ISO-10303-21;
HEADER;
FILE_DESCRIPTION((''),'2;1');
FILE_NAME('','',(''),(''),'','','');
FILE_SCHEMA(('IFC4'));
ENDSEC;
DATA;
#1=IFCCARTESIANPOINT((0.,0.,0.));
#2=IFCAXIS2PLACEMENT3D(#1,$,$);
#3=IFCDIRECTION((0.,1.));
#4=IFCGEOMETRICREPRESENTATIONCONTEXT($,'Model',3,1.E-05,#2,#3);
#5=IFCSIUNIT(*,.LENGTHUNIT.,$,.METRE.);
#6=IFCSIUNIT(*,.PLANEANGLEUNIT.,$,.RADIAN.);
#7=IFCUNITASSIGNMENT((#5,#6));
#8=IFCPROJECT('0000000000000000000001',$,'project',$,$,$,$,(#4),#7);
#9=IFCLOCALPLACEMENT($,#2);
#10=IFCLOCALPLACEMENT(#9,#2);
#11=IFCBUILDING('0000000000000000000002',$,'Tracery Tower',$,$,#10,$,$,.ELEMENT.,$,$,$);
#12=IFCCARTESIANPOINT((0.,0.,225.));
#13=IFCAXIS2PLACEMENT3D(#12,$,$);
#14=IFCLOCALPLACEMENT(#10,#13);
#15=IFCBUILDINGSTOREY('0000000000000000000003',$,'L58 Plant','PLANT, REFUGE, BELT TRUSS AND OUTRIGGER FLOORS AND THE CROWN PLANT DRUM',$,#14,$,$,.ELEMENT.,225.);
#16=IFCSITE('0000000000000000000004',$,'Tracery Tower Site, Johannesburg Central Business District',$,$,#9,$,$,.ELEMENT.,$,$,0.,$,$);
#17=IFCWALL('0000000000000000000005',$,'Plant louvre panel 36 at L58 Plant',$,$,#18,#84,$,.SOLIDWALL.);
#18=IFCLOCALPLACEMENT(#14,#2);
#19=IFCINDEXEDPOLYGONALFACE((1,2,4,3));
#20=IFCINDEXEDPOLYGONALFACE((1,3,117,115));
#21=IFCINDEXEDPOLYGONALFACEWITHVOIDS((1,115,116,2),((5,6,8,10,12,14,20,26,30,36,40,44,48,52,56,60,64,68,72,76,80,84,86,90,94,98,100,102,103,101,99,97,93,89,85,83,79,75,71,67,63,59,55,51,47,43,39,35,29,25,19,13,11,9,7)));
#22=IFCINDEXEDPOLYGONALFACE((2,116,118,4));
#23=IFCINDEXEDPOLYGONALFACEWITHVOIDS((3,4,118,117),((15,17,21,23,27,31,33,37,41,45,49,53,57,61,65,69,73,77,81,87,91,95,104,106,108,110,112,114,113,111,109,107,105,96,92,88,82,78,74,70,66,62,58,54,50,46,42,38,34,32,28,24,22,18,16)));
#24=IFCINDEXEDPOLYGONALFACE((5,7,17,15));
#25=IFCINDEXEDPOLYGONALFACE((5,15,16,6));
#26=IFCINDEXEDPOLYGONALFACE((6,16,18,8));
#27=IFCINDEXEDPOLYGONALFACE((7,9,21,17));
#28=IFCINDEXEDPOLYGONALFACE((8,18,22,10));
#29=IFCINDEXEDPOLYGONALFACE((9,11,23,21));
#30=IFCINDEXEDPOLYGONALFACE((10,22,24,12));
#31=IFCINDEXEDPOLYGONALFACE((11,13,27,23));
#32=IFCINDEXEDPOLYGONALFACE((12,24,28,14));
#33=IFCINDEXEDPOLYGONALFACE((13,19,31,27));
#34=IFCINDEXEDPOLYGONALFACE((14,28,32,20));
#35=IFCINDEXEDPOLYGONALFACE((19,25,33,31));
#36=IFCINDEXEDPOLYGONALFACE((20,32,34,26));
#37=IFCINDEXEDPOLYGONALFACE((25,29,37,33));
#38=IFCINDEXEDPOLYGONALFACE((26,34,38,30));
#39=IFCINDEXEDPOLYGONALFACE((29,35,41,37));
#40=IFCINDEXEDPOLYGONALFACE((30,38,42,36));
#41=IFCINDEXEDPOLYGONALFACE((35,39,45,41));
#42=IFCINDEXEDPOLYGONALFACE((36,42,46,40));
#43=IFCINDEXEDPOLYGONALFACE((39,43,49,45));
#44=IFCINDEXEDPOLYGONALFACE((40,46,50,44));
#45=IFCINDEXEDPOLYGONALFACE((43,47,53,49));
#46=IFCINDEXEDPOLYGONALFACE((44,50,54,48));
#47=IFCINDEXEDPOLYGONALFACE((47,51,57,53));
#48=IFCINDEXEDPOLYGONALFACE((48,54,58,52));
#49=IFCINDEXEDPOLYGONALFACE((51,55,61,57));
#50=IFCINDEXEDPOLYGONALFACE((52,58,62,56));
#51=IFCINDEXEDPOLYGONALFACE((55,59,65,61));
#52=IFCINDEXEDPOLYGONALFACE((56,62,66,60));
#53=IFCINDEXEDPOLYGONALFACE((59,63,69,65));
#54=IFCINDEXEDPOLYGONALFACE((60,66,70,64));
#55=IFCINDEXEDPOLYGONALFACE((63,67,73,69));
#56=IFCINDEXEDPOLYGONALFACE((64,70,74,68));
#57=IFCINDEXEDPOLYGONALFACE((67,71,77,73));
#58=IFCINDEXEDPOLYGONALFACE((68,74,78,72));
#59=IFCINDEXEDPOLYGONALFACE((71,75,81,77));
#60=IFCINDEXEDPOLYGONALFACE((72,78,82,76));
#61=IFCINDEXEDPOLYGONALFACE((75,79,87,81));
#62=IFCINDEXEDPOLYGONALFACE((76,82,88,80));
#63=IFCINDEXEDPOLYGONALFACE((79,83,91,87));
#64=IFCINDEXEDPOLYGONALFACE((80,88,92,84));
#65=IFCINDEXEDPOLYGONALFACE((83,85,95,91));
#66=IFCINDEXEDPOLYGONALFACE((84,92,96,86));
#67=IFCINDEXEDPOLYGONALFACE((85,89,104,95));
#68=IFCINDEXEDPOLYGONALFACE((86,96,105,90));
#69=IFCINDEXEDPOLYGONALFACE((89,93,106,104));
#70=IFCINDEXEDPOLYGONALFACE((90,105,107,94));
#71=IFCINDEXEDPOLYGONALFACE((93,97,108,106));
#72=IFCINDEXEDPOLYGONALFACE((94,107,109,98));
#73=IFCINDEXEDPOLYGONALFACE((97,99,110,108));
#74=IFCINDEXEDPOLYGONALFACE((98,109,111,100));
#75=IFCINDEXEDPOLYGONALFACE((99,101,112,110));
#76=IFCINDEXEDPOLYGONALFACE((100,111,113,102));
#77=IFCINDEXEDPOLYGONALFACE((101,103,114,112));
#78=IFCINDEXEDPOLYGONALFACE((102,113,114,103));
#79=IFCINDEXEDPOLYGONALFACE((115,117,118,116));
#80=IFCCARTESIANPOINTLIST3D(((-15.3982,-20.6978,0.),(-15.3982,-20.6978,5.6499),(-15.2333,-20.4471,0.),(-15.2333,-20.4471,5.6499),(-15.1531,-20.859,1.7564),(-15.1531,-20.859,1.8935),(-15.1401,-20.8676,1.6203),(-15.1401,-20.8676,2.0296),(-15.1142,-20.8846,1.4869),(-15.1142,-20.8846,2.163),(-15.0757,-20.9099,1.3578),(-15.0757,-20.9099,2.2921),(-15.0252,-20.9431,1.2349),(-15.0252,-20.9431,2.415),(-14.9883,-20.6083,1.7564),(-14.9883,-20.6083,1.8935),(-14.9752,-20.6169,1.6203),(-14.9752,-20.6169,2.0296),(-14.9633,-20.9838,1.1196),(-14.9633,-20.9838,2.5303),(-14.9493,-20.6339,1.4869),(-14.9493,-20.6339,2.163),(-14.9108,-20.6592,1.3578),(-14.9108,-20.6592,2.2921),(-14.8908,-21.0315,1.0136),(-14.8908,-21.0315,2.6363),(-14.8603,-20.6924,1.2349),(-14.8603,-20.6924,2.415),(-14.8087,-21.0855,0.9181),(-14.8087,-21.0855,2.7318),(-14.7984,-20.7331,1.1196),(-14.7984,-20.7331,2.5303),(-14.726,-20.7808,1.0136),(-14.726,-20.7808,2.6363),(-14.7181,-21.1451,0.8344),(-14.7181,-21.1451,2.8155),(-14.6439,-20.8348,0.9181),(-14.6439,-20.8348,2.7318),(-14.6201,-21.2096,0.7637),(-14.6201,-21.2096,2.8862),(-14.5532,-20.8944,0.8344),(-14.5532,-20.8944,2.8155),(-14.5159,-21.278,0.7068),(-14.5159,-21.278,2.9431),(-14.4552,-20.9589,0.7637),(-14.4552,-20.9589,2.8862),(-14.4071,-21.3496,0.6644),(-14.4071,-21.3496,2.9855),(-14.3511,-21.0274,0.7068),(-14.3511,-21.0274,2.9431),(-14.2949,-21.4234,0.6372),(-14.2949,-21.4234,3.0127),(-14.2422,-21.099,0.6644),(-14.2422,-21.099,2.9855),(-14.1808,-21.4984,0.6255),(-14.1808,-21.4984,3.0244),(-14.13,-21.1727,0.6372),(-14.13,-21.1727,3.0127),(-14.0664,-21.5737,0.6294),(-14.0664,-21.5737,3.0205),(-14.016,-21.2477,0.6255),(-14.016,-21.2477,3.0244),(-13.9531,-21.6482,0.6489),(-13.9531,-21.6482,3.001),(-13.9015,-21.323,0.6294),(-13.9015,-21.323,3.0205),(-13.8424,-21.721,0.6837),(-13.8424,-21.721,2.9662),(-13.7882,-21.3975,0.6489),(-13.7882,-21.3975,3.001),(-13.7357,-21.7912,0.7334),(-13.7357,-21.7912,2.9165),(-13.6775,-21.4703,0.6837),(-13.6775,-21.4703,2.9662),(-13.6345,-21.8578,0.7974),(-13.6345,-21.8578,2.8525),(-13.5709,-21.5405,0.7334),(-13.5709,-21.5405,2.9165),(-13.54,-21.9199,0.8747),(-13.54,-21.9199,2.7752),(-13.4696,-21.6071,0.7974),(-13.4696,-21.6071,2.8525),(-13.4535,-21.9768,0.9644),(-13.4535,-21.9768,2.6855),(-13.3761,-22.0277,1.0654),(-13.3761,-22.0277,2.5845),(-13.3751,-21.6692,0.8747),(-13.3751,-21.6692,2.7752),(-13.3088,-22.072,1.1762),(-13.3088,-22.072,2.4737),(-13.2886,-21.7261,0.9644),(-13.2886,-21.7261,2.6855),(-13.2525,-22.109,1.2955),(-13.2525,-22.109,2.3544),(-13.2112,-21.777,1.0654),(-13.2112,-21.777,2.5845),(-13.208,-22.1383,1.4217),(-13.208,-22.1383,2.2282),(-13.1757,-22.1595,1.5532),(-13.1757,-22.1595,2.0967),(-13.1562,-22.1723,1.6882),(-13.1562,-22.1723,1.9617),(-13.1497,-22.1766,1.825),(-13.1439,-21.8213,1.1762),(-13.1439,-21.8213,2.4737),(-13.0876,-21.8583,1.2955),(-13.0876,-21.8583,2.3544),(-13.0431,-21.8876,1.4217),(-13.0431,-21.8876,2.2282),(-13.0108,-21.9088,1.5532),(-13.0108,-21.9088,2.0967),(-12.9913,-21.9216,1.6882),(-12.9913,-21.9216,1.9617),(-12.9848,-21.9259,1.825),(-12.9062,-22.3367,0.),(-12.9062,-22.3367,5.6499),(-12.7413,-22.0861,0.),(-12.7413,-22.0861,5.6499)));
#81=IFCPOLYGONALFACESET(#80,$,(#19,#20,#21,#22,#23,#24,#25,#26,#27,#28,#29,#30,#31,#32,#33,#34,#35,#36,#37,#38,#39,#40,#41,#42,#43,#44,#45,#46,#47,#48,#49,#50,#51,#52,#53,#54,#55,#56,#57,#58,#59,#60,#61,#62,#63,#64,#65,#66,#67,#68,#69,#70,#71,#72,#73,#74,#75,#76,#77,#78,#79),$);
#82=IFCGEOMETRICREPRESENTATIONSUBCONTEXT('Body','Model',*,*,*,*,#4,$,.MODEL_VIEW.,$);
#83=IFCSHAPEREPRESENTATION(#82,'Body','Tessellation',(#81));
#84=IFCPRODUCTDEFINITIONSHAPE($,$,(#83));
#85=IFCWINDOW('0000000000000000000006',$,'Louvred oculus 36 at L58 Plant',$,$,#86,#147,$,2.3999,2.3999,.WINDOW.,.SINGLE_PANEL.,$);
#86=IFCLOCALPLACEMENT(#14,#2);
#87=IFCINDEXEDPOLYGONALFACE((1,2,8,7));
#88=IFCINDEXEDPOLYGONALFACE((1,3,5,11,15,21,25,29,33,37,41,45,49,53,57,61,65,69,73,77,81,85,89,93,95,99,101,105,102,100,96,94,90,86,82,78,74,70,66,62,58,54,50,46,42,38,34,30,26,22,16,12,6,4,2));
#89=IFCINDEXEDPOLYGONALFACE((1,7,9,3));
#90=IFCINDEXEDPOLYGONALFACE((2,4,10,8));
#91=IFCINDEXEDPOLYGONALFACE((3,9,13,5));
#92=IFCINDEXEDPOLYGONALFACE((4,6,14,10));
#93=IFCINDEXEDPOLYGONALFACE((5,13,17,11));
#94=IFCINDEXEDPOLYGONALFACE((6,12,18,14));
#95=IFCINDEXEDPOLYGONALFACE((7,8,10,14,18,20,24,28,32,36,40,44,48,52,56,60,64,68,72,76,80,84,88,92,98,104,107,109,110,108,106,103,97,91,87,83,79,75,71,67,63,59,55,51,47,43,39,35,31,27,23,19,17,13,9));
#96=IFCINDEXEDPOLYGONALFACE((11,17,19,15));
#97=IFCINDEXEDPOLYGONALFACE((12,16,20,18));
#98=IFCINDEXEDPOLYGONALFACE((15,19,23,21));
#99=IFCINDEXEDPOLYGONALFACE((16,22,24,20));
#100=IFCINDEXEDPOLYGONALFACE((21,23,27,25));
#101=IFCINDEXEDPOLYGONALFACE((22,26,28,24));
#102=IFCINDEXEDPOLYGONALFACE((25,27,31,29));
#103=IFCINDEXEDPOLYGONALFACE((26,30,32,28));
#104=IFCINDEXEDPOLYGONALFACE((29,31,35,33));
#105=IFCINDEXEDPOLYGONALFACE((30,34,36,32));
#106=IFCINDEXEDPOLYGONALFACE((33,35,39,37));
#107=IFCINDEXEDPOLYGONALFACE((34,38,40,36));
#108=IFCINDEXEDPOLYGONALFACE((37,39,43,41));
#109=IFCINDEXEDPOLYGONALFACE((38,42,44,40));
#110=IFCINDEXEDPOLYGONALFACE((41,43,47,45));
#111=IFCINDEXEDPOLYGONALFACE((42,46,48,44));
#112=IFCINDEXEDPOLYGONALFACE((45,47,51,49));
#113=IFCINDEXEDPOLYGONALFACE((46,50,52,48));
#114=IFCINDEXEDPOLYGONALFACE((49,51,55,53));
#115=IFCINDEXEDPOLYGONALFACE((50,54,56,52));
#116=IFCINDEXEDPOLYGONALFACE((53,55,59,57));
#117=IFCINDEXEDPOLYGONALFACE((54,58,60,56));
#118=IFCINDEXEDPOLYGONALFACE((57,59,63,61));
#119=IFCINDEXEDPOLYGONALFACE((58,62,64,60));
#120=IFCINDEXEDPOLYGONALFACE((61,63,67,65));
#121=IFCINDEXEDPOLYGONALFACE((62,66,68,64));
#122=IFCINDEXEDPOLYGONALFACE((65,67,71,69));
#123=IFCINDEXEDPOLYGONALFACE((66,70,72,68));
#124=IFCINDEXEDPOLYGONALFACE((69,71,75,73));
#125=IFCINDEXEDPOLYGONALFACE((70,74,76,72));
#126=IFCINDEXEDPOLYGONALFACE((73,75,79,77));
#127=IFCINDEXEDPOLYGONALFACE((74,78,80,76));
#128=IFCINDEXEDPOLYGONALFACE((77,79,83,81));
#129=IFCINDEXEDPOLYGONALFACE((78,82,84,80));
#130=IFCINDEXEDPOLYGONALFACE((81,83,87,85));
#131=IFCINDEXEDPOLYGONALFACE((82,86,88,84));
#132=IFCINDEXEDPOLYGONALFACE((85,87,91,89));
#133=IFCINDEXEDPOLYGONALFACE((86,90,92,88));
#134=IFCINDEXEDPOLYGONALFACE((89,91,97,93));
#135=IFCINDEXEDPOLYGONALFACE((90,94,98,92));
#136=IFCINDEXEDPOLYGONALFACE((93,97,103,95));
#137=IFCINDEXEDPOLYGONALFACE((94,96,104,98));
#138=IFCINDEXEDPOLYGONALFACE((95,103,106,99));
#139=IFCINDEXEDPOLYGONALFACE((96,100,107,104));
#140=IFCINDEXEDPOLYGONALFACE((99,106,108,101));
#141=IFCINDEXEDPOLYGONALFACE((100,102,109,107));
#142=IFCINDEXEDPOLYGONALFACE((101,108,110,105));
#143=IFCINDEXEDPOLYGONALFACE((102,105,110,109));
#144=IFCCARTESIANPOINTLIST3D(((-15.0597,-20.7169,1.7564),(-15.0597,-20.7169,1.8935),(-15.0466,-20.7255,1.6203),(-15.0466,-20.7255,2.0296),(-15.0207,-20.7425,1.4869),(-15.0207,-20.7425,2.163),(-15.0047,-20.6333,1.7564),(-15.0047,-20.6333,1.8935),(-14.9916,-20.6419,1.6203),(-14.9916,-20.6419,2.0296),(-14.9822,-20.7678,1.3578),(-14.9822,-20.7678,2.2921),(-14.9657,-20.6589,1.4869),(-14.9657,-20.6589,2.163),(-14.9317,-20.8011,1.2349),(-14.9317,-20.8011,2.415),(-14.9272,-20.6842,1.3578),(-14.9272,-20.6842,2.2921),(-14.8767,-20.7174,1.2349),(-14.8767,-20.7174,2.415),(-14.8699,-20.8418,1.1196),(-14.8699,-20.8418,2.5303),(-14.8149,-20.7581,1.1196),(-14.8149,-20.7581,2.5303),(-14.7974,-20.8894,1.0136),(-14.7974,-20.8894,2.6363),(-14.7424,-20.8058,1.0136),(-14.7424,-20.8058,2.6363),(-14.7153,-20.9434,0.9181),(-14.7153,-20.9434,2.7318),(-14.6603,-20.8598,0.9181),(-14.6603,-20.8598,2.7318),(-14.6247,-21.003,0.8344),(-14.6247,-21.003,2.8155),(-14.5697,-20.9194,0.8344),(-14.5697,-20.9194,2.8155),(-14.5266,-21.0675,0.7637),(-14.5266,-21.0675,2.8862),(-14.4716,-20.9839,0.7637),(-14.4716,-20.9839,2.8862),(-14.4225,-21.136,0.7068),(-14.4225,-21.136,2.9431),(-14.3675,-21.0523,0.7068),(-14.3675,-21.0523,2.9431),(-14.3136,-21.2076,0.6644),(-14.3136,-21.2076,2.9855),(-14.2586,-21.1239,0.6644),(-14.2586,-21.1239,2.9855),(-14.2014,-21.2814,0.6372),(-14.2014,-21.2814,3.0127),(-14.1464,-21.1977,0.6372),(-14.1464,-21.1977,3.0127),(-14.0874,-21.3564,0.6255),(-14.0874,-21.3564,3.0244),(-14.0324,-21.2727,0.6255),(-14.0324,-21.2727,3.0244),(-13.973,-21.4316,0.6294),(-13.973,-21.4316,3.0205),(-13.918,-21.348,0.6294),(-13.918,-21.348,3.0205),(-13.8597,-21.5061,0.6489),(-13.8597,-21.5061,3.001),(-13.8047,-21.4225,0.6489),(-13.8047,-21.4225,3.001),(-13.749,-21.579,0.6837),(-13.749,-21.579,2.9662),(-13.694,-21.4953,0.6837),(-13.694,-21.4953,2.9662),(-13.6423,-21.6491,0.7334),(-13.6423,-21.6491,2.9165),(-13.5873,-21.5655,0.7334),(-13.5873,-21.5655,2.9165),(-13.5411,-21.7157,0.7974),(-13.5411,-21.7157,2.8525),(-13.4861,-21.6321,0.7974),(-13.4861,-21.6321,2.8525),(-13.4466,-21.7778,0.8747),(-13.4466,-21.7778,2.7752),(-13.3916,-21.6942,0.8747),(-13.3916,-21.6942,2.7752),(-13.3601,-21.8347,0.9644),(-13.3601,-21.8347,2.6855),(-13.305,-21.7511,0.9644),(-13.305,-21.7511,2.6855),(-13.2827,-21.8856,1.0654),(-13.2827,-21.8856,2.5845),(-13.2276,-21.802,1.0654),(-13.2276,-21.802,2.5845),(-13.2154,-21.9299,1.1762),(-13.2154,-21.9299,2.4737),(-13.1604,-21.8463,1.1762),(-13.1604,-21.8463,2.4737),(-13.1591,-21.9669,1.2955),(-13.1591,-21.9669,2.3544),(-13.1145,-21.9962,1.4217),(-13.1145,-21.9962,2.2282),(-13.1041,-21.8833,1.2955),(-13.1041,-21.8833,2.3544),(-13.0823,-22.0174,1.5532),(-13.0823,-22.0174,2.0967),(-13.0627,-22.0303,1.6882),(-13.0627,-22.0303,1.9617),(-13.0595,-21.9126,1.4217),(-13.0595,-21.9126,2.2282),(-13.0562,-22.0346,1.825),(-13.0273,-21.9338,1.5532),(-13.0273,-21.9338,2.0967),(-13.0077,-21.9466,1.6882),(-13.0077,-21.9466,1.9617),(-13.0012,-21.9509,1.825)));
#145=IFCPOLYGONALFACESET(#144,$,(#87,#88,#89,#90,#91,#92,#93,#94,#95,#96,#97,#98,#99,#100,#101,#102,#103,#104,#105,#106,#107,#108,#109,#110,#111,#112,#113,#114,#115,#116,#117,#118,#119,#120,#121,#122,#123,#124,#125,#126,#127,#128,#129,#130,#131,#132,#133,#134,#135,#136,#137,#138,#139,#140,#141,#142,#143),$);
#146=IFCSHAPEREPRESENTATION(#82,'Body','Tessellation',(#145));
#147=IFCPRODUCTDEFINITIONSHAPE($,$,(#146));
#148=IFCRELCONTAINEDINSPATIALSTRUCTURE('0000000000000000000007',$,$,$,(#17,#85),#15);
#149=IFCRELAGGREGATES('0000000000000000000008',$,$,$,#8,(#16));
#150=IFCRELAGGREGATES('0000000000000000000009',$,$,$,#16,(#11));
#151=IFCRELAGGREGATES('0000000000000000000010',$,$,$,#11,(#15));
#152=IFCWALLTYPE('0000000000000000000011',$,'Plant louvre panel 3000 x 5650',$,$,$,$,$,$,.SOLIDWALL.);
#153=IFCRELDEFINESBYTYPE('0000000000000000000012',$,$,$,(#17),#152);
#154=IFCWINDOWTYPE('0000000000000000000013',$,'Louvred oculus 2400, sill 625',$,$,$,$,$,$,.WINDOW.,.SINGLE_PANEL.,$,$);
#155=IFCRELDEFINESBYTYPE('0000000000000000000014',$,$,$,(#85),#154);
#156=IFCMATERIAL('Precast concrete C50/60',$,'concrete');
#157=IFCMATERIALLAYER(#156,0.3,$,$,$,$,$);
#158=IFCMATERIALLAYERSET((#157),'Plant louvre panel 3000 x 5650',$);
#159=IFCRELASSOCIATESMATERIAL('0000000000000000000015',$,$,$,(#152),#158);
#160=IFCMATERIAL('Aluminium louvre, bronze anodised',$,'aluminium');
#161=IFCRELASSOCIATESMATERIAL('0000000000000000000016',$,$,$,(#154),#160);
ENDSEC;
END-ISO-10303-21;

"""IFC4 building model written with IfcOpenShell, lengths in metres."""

from ifc_helpers import new_model, si_unit, direction, frame, frame_2d, origin, origin_2d, place, context, subcontext, project, spatial, rectangle, circle, extrude, material, layer, layer_set, type_object, element, fill, save


model = new_model("IFC4")

# Units and contexts
model_context = context("Model", 3, precision=1e-05, world=origin(), true_north=direction((0.0, 1.0)))
body_context = subcontext(model_context, "Body", "Model", "MODEL_VIEW")
ifc_project = project(units=[si_unit("LENGTHUNIT", "METRE"), si_unit("PLANEANGLEUNIT", "RADIAN")], contexts=[model_context])

# Site, building, storey
site_placement = place(None, origin())
site = spatial("IfcSite", under=ifc_project, at=site_placement, Name="Tracery Tower Site, Johannesburg Central Business District", CompositionType="ELEMENT", RefElevation=0.0)
building_placement = place(site_placement, origin())
building = spatial("IfcBuilding", under=site, at=building_placement, Name="Tracery Tower", CompositionType="ELEMENT")
storey_placement = place(building_placement, frame((0.0, 0.0, 225.0)))
storey = spatial("IfcBuildingStorey", under=building, at=storey_placement, Name="L58 Plant", Description="PLANT, REFUGE, BELT TRUSS AND OUTRIGGER FLOORS AND THE CROWN PLANT DRUM", CompositionType="ELEMENT", Elevation=225.0)

# Wall, opening, window
ifc_material_1 = material(Name="Precast concrete C50/60", Category="concrete")
ifc_layer_1 = layer(ifc_material_1, 0.3)
ifc_layer_set_1 = layer_set([ifc_layer_1], Name="Plant louvre panel 3000 x 5650")
wall_type_1 = type_object("IfcWallType", Name="Plant louvre panel 3000 x 5650", PredefinedType="SOLIDWALL", material=ifc_layer_set_1)
ifc_material_2 = material(Name="Aluminium louvre, bronze anodised", Category="aluminium")
window_type = type_object("IfcWindowType", Name="Louvred oculus 2400, sill 625", PartitioningType="SINGLE_PANEL", PredefinedType="WINDOW", material=ifc_material_2)
wall_1_placement = place(storey_placement, frame((-15.3157, -20.5725, 0.0), z_axis=(0.0, 0.0, 1.0), x_axis=(0.835497, -0.549495, 0.0)))
wall_1 = element("IfcWall", 1, at=wall_1_placement, inside=storey, type_object=wall_type_1, Name="Plant louvre panel 36 at L58 Plant", PredefinedType="SOLIDWALL", context=body_context, shape_type="SweptSolid", body=[
    extrude(rectangle(XDim=2.9827, YDim=0.3, at=frame_2d((1.4912, 0.0))), origin(), (0.0, 0.0, 1.0), 5.6499),
])
opening_1_placement = place(wall_1_placement, frame((1.4912, 0.0, 1.825)))
opening_1 = element("IfcOpeningElement", 2, at=opening_1_placement, cuts=wall_1, PredefinedType="OPENING", context=body_context, shape_type="SweptSolid", body=[
    extrude(circle(Radius=1.2, at=origin_2d()), frame((0.0, 0.1599, 0.0), z_axis=(0.0, -1.0, 0.0), x_axis=(1.0, 0.0, 0.0)), (0.0, 0.0, 1.0), 0.3201),
])
window_1_placement = place(opening_1_placement, origin())
window_1 = element("IfcWindow", 3, at=window_1_placement, inside=storey, type_object=window_type, Name="Louvred oculus 36 at L58 Plant", OverallHeight=2.3999, OverallWidth=2.3999, PartitioningType="SINGLE_PANEL", PredefinedType="WINDOW", context=body_context, shape_type="SweptSolid", body=[
    extrude(circle(Radius=1.2, at=origin_2d()), frame((0.0, 0.1201, 0.0), z_axis=(0.0, -1.0, 0.0), x_axis=(1.0, 0.0, 0.0)), (0.0, 0.0, 1.0), 0.1001),
])
fill(opening_1, window_1)

save(model, "model.ifc")
